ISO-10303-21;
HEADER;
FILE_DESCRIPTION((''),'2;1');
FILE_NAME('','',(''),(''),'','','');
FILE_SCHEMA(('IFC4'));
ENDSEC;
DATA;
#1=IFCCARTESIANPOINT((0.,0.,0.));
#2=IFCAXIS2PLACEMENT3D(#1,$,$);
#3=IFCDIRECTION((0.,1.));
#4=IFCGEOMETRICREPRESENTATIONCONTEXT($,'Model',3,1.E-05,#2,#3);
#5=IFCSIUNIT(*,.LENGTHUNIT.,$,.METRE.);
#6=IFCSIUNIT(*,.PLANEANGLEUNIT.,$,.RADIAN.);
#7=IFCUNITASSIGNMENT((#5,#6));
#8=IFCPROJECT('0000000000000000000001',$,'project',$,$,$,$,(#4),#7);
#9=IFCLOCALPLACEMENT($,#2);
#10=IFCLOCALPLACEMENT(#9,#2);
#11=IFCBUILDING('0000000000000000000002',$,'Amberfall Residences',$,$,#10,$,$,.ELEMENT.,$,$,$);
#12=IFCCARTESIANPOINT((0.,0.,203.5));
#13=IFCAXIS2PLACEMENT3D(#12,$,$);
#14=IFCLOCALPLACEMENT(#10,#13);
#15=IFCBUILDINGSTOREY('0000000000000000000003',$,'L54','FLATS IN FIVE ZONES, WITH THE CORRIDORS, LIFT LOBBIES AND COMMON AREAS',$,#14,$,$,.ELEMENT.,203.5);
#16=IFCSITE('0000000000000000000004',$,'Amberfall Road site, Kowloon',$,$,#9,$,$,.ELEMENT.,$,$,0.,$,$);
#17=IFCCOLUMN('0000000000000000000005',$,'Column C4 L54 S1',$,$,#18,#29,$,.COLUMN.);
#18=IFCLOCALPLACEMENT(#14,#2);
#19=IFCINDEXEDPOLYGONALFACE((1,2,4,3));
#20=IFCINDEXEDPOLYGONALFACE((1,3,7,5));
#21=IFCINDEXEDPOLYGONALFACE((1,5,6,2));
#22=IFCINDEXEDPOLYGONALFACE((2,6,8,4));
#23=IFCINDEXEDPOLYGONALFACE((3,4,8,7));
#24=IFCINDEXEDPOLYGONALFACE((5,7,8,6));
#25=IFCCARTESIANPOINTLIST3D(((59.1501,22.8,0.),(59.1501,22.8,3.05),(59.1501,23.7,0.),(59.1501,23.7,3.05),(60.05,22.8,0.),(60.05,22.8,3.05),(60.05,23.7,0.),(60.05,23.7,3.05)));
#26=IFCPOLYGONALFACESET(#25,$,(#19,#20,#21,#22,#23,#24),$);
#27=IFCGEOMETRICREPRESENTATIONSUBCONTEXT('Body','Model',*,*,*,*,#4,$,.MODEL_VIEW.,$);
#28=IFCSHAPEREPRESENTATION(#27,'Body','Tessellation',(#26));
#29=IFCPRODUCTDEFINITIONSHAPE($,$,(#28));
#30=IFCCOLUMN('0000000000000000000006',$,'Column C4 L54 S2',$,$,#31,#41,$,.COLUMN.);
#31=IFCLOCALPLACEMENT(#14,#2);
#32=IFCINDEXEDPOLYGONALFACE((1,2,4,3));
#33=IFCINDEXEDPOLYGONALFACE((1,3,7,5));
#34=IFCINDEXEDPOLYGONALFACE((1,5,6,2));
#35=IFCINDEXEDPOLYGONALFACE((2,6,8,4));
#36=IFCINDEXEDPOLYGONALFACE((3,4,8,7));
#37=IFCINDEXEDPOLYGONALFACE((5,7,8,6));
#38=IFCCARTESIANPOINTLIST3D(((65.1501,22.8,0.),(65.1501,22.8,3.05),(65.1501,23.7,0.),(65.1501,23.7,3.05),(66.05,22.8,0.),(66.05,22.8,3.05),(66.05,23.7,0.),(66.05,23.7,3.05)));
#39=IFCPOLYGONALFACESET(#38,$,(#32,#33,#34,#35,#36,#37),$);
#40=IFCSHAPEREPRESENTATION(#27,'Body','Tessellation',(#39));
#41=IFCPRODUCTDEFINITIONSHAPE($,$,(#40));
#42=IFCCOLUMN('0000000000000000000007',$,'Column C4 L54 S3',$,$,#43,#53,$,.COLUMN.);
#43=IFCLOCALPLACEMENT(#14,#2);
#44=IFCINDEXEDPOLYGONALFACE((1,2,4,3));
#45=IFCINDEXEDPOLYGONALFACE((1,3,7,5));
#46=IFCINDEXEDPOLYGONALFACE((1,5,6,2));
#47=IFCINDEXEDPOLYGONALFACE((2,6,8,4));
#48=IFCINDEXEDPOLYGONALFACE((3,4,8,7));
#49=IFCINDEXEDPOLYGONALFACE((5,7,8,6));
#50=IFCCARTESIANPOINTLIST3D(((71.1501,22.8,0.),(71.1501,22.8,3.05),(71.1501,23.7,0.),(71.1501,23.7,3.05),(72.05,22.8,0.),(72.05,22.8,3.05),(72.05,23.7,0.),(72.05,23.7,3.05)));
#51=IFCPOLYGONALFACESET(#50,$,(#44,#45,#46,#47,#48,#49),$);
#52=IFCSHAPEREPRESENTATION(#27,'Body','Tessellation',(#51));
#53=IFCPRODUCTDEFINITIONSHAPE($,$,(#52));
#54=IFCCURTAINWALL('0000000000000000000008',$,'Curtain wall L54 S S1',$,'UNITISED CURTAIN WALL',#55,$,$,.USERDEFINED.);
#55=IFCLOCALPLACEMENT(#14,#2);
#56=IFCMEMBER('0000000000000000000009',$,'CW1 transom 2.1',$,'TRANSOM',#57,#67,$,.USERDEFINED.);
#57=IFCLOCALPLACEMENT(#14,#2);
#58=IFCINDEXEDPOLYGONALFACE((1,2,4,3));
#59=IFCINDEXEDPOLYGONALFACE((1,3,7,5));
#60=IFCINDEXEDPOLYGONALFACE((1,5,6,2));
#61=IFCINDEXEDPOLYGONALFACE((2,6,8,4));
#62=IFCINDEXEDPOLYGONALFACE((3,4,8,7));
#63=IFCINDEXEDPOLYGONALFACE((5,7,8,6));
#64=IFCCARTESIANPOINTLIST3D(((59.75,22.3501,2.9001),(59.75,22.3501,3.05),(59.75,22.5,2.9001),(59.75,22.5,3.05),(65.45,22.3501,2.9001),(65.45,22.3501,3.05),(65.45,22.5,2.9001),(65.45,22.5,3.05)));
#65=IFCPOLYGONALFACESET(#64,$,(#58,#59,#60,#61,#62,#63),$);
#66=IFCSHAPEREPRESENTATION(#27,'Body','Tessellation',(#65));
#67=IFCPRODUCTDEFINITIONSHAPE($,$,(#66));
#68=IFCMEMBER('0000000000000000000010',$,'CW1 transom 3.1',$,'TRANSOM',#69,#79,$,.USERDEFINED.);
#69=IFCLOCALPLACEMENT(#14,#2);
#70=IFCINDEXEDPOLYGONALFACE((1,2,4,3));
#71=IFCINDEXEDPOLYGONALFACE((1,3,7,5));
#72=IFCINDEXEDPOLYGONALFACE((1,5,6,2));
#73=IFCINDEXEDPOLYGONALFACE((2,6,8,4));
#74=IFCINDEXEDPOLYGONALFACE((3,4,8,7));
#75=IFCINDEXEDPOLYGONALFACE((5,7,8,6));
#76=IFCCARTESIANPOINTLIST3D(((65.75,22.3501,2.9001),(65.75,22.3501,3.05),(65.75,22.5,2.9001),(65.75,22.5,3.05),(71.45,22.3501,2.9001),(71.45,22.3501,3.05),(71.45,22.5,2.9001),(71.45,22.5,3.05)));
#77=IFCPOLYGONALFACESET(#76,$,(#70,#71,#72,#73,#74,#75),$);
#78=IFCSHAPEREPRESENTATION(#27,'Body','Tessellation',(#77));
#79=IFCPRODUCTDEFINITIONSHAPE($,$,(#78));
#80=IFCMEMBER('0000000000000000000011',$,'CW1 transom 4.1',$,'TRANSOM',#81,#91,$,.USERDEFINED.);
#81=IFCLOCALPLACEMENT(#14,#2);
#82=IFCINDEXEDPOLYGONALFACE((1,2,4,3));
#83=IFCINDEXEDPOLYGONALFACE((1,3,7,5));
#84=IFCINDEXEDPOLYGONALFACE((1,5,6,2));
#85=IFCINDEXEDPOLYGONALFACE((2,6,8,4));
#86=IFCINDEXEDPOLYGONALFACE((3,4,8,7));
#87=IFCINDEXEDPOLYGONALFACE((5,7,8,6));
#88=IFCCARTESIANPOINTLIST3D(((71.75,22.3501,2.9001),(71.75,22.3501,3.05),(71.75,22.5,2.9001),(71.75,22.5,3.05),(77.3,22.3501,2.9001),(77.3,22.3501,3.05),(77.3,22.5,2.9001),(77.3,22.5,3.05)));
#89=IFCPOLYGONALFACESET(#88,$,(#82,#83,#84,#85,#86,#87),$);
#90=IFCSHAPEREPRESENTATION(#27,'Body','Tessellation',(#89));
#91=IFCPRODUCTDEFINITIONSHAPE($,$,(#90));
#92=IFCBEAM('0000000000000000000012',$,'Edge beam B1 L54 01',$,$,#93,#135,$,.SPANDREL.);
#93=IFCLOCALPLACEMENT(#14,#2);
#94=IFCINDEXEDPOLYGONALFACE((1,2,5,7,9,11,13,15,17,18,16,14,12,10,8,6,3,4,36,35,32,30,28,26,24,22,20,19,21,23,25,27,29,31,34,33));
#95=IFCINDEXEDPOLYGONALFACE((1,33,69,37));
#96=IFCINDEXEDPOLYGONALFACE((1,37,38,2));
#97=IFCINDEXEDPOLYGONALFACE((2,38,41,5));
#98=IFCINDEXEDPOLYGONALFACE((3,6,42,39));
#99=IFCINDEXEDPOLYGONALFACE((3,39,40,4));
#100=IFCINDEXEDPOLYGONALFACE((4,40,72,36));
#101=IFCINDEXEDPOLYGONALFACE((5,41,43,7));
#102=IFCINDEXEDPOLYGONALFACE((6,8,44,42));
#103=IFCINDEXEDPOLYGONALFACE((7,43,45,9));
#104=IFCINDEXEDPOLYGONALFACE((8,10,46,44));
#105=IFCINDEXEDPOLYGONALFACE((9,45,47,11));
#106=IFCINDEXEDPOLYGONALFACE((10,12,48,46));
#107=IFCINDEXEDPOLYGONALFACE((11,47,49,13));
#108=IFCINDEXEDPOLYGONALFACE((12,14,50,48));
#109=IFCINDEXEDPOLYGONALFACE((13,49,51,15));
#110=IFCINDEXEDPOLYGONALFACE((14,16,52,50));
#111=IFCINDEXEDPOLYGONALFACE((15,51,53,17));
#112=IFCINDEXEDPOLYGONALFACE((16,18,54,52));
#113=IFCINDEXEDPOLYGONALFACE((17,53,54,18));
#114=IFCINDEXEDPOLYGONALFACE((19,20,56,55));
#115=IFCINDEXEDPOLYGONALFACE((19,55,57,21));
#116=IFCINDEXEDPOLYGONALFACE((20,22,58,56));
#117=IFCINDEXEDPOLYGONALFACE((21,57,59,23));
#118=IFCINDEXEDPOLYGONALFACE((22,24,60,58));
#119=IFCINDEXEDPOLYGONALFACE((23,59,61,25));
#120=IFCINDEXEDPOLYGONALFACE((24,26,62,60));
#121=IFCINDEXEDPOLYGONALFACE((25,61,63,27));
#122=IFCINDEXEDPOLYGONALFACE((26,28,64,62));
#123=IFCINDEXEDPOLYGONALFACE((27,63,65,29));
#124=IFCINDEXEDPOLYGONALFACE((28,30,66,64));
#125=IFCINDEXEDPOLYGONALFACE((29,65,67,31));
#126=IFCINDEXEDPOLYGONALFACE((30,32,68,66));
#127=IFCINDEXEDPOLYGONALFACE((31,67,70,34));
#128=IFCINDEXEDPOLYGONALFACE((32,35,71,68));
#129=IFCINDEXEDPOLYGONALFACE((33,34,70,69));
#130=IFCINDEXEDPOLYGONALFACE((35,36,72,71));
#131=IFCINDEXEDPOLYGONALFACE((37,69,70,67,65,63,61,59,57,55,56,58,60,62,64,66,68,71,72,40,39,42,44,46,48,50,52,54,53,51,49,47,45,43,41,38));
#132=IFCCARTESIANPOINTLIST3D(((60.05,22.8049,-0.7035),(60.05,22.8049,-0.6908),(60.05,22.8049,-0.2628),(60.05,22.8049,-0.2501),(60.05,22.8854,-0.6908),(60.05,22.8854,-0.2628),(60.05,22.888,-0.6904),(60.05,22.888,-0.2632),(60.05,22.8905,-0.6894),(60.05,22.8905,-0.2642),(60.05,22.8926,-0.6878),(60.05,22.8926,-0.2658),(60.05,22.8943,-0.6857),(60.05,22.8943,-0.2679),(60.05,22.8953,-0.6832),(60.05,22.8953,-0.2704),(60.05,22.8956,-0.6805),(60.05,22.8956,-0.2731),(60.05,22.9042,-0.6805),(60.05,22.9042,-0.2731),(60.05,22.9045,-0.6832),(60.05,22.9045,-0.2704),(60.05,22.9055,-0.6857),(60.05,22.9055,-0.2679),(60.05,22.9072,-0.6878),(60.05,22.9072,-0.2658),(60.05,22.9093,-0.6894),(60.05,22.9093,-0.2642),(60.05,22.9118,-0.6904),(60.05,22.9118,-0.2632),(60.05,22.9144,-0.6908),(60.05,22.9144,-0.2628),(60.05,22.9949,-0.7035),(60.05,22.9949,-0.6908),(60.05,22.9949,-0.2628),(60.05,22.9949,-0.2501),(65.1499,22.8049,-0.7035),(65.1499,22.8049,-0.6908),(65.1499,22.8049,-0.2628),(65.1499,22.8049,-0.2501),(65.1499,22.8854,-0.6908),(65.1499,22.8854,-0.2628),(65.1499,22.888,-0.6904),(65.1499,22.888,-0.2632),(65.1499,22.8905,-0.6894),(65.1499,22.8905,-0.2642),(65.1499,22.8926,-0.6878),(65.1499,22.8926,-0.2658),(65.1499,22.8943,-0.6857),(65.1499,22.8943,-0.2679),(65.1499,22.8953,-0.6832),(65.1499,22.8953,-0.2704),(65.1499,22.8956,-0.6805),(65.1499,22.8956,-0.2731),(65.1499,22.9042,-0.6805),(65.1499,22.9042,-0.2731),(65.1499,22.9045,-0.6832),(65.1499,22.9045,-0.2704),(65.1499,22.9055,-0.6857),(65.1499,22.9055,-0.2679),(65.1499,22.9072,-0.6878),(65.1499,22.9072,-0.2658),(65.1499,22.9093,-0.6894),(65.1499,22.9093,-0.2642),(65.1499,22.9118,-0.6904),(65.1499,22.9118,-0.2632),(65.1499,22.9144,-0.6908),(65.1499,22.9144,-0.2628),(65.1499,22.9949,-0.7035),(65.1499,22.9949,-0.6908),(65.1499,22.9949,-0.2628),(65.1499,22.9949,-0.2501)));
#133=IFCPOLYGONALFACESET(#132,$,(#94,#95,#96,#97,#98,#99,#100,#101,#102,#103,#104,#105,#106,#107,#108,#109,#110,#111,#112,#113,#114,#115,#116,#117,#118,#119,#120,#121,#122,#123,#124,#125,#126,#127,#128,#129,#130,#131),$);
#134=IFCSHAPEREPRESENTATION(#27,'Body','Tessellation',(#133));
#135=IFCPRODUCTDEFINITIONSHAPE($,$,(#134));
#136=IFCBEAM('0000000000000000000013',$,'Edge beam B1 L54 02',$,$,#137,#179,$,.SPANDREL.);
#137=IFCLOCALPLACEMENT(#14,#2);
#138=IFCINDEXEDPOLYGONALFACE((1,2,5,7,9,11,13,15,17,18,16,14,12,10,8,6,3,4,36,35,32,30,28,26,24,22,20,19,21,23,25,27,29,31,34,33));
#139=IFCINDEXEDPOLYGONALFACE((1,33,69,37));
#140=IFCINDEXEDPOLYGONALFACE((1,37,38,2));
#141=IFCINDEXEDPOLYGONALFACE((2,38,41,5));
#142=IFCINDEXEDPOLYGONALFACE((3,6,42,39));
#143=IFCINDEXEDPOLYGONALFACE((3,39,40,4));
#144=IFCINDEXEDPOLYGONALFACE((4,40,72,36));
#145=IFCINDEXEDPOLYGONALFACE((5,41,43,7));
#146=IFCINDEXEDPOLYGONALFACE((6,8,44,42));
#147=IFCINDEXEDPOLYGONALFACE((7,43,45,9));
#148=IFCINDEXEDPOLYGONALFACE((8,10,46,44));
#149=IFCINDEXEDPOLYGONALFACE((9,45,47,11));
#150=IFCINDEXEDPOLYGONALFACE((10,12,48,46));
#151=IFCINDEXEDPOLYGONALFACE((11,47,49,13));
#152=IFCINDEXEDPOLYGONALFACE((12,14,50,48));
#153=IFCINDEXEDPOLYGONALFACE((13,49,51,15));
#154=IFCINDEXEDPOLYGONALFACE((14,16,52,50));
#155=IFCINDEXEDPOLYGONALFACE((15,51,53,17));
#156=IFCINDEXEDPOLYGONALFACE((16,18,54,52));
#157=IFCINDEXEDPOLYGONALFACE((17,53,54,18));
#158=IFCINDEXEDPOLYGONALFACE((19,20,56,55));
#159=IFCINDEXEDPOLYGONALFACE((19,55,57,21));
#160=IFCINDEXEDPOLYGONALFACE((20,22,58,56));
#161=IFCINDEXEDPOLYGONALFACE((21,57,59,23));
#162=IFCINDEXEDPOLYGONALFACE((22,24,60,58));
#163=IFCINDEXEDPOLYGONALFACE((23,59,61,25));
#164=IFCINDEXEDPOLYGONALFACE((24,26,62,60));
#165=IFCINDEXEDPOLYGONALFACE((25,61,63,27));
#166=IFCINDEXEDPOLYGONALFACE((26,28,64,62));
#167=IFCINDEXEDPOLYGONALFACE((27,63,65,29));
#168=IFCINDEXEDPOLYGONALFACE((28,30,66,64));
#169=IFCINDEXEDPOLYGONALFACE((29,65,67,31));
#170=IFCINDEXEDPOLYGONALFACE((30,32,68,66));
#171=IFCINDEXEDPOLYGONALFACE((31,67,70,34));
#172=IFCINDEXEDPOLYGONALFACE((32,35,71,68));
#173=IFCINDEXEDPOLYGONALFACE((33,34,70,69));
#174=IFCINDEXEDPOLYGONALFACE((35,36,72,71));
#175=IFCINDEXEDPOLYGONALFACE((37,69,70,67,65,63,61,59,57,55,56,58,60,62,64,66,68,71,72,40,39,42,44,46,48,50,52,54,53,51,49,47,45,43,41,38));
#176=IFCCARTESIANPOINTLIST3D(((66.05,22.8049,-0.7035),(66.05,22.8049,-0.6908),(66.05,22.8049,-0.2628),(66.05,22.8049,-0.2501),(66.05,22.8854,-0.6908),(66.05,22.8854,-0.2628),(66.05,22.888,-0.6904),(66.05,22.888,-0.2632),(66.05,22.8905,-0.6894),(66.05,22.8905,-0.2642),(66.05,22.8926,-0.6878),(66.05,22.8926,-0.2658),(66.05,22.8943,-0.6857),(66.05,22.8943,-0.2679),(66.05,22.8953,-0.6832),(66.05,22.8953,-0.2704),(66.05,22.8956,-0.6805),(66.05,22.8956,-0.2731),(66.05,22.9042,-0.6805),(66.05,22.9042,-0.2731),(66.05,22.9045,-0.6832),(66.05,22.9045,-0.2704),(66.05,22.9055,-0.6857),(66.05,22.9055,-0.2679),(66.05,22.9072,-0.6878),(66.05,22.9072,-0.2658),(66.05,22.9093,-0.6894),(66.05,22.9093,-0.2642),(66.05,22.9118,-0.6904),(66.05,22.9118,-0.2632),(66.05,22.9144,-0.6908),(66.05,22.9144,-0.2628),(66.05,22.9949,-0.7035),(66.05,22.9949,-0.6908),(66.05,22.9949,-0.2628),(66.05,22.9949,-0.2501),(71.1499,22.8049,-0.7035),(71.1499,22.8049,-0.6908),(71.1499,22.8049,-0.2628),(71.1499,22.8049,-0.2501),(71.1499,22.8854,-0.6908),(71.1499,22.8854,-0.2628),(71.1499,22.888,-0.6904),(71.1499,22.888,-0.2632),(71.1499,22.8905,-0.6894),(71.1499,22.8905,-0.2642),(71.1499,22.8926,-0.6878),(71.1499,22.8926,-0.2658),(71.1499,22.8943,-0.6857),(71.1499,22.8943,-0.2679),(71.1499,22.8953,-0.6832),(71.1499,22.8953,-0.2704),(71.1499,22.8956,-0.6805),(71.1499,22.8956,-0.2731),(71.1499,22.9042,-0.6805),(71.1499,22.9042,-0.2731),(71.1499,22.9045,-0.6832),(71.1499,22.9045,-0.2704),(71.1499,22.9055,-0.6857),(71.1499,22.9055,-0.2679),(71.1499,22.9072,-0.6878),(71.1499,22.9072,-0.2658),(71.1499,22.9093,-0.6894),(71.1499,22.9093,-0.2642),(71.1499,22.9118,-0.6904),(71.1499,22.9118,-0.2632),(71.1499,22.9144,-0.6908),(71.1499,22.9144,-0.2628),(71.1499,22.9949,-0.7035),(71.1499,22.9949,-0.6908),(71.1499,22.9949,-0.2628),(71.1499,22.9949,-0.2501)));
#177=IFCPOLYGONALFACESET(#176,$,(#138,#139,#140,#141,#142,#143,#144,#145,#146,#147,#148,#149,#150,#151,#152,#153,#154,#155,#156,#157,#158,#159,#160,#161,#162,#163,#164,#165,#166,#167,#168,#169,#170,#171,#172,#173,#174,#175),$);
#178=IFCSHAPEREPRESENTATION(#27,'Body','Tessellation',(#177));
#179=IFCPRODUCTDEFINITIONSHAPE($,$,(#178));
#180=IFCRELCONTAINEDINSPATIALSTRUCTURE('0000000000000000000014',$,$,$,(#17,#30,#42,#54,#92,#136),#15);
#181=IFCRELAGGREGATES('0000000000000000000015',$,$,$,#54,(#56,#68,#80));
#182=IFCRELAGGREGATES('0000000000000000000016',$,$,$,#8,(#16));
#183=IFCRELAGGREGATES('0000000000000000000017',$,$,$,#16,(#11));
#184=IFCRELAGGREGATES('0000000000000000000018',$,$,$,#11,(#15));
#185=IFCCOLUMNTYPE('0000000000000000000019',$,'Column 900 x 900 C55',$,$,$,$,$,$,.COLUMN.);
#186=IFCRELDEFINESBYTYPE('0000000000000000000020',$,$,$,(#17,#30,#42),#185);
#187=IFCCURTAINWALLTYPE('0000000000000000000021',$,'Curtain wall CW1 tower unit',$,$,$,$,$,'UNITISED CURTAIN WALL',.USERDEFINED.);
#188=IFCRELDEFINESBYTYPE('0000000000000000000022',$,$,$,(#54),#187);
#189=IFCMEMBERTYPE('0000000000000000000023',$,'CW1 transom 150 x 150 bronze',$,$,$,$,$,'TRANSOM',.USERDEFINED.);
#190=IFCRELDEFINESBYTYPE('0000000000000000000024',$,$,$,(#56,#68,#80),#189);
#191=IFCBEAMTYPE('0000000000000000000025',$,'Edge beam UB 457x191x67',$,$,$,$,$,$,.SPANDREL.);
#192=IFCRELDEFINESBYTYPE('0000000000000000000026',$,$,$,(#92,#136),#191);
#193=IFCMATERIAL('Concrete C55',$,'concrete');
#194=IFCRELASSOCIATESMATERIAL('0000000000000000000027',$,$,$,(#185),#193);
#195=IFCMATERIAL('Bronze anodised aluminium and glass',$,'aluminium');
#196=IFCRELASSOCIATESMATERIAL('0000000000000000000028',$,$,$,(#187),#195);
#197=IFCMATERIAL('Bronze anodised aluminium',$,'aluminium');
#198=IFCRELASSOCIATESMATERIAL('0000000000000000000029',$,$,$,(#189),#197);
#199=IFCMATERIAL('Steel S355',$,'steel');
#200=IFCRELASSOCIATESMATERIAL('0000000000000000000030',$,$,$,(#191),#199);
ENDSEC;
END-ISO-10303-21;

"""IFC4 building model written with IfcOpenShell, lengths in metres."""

from ifc_helpers import new_model, si_unit, direction, frame, origin, origin_2d, place, context, subcontext, project, spatial, rectangle, i_section, extrude, material, material_profile, profile_set, type_object, element, aggregate, save


model = new_model("IFC4")

# Units and contexts
model_context = context("Model", 3, precision=1e-05, world=origin(), true_north=direction((0.0, 1.0)))
body_context = subcontext(model_context, "Body", "Model", "MODEL_VIEW")
ifc_project = project(units=[si_unit("LENGTHUNIT", "METRE"), si_unit("PLANEANGLEUNIT", "RADIAN")], contexts=[model_context])

# Site, building, storey
site_placement = place(None, origin())
site = spatial("IfcSite", under=ifc_project, at=site_placement, Name="Amberfall Road site, Kowloon", CompositionType="ELEMENT", RefElevation=0.0)
building_placement = place(site_placement, origin())
building = spatial("IfcBuilding", under=site, at=building_placement, Name="Amberfall Residences", CompositionType="ELEMENT")
storey_placement = place(building_placement, frame((0.0, 0.0, 203.5)))
storey = spatial("IfcBuildingStorey", under=building, at=storey_placement, Name="L54", Description="FLATS IN FIVE ZONES, WITH THE CORRIDORS, LIFT LOBBIES AND COMMON AREAS", CompositionType="ELEMENT", Elevation=203.5)

# Columns
ifc_material_1 = material(Name="Concrete C55", Category="concrete")
ifc_material_profile_1 = material_profile(ifc_material_1, rectangle(XDim=0.8999, YDim=0.8999, at=origin_2d()), Name="Column 900 x 900 C55")
ifc_profile_set_1 = profile_set([ifc_material_profile_1], Name="Concrete C55")
column_type = type_object("IfcColumnType", Name="Column 900 x 900 C55", PredefinedType="COLUMN", material=ifc_profile_set_1)
for number, where, z_axis, x_axis, name in (
    (1, (59.6001, 23.25, 0.0), (0.0, 0.0, 1.0), (1.0, 0.0, 0.0), "Column C4 L54 S1"),
    (2, (65.6001, 23.25, 0.0), (0.0, 0.0, 1.0), (1.0, 0.0, 0.0), "Column C4 L54 S2"),
    (3, (71.6001, 23.25, 0.0), (0.0, 0.0, 1.0), (1.0, 0.0, 0.0), "Column C4 L54 S3"),
):
    element("IfcColumn", number, at=place(storey_placement, frame(where, z_axis=z_axis, x_axis=x_axis)), inside=storey, type_object=column_type, Name=name, PredefinedType="COLUMN", context=body_context, shape_type="SweptSolid", body=[
        extrude(rectangle(XDim=0.8999, YDim=0.8999, at=origin_2d()), origin(), (0.0, 0.0, 1.0), 3.05),
    ])

# Curtain wall, members
ifc_material_2 = material(Name="Bronze anodised aluminium and glass", Category="aluminium")
curtain_wall_type = type_object("IfcCurtainWallType", Name="Curtain wall CW1 tower unit", ElementType="UNITISED CURTAIN WALL", PredefinedType="USERDEFINED", material=ifc_material_2)
curtain_wall_placement = place(storey_placement, origin())
curtain_wall = element("IfcCurtainWall", 4, at=curtain_wall_placement, inside=storey, type_object=curtain_wall_type, Name="Curtain wall L54 S S1", ObjectType="UNITISED CURTAIN WALL", PredefinedType="USERDEFINED")
ifc_material_3 = material(Name="Bronze anodised aluminium", Category="aluminium")
ifc_material_profile_2 = material_profile(ifc_material_3, rectangle(XDim=0.1499, YDim=0.1499, at=origin_2d()), Name="CW1 transom 150 x 150 bronze")
ifc_profile_set_2 = profile_set([ifc_material_profile_2], Name="Bronze anodised aluminium")
member_type_1 = type_object("IfcMemberType", Name="CW1 transom 150 x 150 bronze", ElementType="TRANSOM", PredefinedType="USERDEFINED", material=ifc_profile_set_2)
member_1_placement = place(storey_placement, frame((59.75, 22.425, 2.9751), z_axis=(1.0, 0.0, 0.0), x_axis=(0.0, 1.0, 0.0)))
member_1 = element("IfcMember", 5, at=member_1_placement, type_object=member_type_1, Name="CW1 transom 2.1", ObjectType="TRANSOM", PredefinedType="USERDEFINED", context=body_context, shape_type="SweptSolid", body=[
    extrude(rectangle(XDim=0.1499, YDim=0.1499, at=origin_2d()), origin(), (0.0, 0.0, 1.0), 5.7),
])
member_2_placement = place(storey_placement, frame((65.75, 22.425, 2.9751), z_axis=(1.0, 0.0, 0.0), x_axis=(0.0, 1.0, 0.0)))
member_2 = element("IfcMember", 6, at=member_2_placement, type_object=member_type_1, Name="CW1 transom 3.1", ObjectType="TRANSOM", PredefinedType="USERDEFINED", context=body_context, shape_type="SweptSolid", body=[
    extrude(rectangle(XDim=0.1499, YDim=0.1499, at=origin_2d()), origin(), (0.0, 0.0, 1.0), 5.7),
])
member_3_placement = place(storey_placement, frame((71.75, 22.425, 2.9751), z_axis=(1.0, 0.0, 0.0), x_axis=(0.0, 1.0, 0.0)))
member_3 = element("IfcMember", 7, at=member_3_placement, type_object=member_type_1, Name="CW1 transom 4.1", ObjectType="TRANSOM", PredefinedType="USERDEFINED", context=body_context, shape_type="SweptSolid", body=[
    extrude(rectangle(XDim=0.1499, YDim=0.1499, at=origin_2d()), origin(), (0.0, 0.0, 1.0), 5.55),
])

# Beams
ifc_material_4 = material(Name="Steel S355", Category="steel")
ifc_material_profile_3 = material_profile(ifc_material_4, i_section(OverallWidth=0.1899, OverallDepth=0.4534, WebThickness=0.0085, FlangeThickness=0.0127, FilletRadius=0.0103, at=origin_2d()), Name="UB 457x191x67")
ifc_profile_set_3 = profile_set([ifc_material_profile_3], Name="Steel S355")
beam_type_1 = type_object("IfcBeamType", Name="Edge beam UB 457x191x67", PredefinedType="SPANDREL", material=ifc_profile_set_3)
for number, where, z_axis, x_axis, name in (
    (8, (60.05, 22.8999, -0.4768), (1.0, 0.0, 0.0), (0.0, 1.0, 0.0), "Edge beam B1 L54 01"),
    (9, (66.05, 22.8999, -0.4768), (1.0, 0.0, 0.0), (0.0, 1.0, 0.0), "Edge beam B1 L54 02"),
):
    element("IfcBeam", number, at=place(storey_placement, frame(where, z_axis=z_axis, x_axis=x_axis)), inside=storey, type_object=beam_type_1, Name=name, PredefinedType="SPANDREL", context=body_context, shape_type="SweptSolid", body=[
        extrude(i_section(OverallWidth=0.1899, OverallDepth=0.4534, WebThickness=0.0085, FlangeThickness=0.0127, FilletRadius=0.0103, at=origin_2d()), origin(), (0.0, 0.0, 1.0), 5.0999),
    ])

aggregate(curtain_wall, [member_1, member_2, member_3])

save(model, "model.ifc")
